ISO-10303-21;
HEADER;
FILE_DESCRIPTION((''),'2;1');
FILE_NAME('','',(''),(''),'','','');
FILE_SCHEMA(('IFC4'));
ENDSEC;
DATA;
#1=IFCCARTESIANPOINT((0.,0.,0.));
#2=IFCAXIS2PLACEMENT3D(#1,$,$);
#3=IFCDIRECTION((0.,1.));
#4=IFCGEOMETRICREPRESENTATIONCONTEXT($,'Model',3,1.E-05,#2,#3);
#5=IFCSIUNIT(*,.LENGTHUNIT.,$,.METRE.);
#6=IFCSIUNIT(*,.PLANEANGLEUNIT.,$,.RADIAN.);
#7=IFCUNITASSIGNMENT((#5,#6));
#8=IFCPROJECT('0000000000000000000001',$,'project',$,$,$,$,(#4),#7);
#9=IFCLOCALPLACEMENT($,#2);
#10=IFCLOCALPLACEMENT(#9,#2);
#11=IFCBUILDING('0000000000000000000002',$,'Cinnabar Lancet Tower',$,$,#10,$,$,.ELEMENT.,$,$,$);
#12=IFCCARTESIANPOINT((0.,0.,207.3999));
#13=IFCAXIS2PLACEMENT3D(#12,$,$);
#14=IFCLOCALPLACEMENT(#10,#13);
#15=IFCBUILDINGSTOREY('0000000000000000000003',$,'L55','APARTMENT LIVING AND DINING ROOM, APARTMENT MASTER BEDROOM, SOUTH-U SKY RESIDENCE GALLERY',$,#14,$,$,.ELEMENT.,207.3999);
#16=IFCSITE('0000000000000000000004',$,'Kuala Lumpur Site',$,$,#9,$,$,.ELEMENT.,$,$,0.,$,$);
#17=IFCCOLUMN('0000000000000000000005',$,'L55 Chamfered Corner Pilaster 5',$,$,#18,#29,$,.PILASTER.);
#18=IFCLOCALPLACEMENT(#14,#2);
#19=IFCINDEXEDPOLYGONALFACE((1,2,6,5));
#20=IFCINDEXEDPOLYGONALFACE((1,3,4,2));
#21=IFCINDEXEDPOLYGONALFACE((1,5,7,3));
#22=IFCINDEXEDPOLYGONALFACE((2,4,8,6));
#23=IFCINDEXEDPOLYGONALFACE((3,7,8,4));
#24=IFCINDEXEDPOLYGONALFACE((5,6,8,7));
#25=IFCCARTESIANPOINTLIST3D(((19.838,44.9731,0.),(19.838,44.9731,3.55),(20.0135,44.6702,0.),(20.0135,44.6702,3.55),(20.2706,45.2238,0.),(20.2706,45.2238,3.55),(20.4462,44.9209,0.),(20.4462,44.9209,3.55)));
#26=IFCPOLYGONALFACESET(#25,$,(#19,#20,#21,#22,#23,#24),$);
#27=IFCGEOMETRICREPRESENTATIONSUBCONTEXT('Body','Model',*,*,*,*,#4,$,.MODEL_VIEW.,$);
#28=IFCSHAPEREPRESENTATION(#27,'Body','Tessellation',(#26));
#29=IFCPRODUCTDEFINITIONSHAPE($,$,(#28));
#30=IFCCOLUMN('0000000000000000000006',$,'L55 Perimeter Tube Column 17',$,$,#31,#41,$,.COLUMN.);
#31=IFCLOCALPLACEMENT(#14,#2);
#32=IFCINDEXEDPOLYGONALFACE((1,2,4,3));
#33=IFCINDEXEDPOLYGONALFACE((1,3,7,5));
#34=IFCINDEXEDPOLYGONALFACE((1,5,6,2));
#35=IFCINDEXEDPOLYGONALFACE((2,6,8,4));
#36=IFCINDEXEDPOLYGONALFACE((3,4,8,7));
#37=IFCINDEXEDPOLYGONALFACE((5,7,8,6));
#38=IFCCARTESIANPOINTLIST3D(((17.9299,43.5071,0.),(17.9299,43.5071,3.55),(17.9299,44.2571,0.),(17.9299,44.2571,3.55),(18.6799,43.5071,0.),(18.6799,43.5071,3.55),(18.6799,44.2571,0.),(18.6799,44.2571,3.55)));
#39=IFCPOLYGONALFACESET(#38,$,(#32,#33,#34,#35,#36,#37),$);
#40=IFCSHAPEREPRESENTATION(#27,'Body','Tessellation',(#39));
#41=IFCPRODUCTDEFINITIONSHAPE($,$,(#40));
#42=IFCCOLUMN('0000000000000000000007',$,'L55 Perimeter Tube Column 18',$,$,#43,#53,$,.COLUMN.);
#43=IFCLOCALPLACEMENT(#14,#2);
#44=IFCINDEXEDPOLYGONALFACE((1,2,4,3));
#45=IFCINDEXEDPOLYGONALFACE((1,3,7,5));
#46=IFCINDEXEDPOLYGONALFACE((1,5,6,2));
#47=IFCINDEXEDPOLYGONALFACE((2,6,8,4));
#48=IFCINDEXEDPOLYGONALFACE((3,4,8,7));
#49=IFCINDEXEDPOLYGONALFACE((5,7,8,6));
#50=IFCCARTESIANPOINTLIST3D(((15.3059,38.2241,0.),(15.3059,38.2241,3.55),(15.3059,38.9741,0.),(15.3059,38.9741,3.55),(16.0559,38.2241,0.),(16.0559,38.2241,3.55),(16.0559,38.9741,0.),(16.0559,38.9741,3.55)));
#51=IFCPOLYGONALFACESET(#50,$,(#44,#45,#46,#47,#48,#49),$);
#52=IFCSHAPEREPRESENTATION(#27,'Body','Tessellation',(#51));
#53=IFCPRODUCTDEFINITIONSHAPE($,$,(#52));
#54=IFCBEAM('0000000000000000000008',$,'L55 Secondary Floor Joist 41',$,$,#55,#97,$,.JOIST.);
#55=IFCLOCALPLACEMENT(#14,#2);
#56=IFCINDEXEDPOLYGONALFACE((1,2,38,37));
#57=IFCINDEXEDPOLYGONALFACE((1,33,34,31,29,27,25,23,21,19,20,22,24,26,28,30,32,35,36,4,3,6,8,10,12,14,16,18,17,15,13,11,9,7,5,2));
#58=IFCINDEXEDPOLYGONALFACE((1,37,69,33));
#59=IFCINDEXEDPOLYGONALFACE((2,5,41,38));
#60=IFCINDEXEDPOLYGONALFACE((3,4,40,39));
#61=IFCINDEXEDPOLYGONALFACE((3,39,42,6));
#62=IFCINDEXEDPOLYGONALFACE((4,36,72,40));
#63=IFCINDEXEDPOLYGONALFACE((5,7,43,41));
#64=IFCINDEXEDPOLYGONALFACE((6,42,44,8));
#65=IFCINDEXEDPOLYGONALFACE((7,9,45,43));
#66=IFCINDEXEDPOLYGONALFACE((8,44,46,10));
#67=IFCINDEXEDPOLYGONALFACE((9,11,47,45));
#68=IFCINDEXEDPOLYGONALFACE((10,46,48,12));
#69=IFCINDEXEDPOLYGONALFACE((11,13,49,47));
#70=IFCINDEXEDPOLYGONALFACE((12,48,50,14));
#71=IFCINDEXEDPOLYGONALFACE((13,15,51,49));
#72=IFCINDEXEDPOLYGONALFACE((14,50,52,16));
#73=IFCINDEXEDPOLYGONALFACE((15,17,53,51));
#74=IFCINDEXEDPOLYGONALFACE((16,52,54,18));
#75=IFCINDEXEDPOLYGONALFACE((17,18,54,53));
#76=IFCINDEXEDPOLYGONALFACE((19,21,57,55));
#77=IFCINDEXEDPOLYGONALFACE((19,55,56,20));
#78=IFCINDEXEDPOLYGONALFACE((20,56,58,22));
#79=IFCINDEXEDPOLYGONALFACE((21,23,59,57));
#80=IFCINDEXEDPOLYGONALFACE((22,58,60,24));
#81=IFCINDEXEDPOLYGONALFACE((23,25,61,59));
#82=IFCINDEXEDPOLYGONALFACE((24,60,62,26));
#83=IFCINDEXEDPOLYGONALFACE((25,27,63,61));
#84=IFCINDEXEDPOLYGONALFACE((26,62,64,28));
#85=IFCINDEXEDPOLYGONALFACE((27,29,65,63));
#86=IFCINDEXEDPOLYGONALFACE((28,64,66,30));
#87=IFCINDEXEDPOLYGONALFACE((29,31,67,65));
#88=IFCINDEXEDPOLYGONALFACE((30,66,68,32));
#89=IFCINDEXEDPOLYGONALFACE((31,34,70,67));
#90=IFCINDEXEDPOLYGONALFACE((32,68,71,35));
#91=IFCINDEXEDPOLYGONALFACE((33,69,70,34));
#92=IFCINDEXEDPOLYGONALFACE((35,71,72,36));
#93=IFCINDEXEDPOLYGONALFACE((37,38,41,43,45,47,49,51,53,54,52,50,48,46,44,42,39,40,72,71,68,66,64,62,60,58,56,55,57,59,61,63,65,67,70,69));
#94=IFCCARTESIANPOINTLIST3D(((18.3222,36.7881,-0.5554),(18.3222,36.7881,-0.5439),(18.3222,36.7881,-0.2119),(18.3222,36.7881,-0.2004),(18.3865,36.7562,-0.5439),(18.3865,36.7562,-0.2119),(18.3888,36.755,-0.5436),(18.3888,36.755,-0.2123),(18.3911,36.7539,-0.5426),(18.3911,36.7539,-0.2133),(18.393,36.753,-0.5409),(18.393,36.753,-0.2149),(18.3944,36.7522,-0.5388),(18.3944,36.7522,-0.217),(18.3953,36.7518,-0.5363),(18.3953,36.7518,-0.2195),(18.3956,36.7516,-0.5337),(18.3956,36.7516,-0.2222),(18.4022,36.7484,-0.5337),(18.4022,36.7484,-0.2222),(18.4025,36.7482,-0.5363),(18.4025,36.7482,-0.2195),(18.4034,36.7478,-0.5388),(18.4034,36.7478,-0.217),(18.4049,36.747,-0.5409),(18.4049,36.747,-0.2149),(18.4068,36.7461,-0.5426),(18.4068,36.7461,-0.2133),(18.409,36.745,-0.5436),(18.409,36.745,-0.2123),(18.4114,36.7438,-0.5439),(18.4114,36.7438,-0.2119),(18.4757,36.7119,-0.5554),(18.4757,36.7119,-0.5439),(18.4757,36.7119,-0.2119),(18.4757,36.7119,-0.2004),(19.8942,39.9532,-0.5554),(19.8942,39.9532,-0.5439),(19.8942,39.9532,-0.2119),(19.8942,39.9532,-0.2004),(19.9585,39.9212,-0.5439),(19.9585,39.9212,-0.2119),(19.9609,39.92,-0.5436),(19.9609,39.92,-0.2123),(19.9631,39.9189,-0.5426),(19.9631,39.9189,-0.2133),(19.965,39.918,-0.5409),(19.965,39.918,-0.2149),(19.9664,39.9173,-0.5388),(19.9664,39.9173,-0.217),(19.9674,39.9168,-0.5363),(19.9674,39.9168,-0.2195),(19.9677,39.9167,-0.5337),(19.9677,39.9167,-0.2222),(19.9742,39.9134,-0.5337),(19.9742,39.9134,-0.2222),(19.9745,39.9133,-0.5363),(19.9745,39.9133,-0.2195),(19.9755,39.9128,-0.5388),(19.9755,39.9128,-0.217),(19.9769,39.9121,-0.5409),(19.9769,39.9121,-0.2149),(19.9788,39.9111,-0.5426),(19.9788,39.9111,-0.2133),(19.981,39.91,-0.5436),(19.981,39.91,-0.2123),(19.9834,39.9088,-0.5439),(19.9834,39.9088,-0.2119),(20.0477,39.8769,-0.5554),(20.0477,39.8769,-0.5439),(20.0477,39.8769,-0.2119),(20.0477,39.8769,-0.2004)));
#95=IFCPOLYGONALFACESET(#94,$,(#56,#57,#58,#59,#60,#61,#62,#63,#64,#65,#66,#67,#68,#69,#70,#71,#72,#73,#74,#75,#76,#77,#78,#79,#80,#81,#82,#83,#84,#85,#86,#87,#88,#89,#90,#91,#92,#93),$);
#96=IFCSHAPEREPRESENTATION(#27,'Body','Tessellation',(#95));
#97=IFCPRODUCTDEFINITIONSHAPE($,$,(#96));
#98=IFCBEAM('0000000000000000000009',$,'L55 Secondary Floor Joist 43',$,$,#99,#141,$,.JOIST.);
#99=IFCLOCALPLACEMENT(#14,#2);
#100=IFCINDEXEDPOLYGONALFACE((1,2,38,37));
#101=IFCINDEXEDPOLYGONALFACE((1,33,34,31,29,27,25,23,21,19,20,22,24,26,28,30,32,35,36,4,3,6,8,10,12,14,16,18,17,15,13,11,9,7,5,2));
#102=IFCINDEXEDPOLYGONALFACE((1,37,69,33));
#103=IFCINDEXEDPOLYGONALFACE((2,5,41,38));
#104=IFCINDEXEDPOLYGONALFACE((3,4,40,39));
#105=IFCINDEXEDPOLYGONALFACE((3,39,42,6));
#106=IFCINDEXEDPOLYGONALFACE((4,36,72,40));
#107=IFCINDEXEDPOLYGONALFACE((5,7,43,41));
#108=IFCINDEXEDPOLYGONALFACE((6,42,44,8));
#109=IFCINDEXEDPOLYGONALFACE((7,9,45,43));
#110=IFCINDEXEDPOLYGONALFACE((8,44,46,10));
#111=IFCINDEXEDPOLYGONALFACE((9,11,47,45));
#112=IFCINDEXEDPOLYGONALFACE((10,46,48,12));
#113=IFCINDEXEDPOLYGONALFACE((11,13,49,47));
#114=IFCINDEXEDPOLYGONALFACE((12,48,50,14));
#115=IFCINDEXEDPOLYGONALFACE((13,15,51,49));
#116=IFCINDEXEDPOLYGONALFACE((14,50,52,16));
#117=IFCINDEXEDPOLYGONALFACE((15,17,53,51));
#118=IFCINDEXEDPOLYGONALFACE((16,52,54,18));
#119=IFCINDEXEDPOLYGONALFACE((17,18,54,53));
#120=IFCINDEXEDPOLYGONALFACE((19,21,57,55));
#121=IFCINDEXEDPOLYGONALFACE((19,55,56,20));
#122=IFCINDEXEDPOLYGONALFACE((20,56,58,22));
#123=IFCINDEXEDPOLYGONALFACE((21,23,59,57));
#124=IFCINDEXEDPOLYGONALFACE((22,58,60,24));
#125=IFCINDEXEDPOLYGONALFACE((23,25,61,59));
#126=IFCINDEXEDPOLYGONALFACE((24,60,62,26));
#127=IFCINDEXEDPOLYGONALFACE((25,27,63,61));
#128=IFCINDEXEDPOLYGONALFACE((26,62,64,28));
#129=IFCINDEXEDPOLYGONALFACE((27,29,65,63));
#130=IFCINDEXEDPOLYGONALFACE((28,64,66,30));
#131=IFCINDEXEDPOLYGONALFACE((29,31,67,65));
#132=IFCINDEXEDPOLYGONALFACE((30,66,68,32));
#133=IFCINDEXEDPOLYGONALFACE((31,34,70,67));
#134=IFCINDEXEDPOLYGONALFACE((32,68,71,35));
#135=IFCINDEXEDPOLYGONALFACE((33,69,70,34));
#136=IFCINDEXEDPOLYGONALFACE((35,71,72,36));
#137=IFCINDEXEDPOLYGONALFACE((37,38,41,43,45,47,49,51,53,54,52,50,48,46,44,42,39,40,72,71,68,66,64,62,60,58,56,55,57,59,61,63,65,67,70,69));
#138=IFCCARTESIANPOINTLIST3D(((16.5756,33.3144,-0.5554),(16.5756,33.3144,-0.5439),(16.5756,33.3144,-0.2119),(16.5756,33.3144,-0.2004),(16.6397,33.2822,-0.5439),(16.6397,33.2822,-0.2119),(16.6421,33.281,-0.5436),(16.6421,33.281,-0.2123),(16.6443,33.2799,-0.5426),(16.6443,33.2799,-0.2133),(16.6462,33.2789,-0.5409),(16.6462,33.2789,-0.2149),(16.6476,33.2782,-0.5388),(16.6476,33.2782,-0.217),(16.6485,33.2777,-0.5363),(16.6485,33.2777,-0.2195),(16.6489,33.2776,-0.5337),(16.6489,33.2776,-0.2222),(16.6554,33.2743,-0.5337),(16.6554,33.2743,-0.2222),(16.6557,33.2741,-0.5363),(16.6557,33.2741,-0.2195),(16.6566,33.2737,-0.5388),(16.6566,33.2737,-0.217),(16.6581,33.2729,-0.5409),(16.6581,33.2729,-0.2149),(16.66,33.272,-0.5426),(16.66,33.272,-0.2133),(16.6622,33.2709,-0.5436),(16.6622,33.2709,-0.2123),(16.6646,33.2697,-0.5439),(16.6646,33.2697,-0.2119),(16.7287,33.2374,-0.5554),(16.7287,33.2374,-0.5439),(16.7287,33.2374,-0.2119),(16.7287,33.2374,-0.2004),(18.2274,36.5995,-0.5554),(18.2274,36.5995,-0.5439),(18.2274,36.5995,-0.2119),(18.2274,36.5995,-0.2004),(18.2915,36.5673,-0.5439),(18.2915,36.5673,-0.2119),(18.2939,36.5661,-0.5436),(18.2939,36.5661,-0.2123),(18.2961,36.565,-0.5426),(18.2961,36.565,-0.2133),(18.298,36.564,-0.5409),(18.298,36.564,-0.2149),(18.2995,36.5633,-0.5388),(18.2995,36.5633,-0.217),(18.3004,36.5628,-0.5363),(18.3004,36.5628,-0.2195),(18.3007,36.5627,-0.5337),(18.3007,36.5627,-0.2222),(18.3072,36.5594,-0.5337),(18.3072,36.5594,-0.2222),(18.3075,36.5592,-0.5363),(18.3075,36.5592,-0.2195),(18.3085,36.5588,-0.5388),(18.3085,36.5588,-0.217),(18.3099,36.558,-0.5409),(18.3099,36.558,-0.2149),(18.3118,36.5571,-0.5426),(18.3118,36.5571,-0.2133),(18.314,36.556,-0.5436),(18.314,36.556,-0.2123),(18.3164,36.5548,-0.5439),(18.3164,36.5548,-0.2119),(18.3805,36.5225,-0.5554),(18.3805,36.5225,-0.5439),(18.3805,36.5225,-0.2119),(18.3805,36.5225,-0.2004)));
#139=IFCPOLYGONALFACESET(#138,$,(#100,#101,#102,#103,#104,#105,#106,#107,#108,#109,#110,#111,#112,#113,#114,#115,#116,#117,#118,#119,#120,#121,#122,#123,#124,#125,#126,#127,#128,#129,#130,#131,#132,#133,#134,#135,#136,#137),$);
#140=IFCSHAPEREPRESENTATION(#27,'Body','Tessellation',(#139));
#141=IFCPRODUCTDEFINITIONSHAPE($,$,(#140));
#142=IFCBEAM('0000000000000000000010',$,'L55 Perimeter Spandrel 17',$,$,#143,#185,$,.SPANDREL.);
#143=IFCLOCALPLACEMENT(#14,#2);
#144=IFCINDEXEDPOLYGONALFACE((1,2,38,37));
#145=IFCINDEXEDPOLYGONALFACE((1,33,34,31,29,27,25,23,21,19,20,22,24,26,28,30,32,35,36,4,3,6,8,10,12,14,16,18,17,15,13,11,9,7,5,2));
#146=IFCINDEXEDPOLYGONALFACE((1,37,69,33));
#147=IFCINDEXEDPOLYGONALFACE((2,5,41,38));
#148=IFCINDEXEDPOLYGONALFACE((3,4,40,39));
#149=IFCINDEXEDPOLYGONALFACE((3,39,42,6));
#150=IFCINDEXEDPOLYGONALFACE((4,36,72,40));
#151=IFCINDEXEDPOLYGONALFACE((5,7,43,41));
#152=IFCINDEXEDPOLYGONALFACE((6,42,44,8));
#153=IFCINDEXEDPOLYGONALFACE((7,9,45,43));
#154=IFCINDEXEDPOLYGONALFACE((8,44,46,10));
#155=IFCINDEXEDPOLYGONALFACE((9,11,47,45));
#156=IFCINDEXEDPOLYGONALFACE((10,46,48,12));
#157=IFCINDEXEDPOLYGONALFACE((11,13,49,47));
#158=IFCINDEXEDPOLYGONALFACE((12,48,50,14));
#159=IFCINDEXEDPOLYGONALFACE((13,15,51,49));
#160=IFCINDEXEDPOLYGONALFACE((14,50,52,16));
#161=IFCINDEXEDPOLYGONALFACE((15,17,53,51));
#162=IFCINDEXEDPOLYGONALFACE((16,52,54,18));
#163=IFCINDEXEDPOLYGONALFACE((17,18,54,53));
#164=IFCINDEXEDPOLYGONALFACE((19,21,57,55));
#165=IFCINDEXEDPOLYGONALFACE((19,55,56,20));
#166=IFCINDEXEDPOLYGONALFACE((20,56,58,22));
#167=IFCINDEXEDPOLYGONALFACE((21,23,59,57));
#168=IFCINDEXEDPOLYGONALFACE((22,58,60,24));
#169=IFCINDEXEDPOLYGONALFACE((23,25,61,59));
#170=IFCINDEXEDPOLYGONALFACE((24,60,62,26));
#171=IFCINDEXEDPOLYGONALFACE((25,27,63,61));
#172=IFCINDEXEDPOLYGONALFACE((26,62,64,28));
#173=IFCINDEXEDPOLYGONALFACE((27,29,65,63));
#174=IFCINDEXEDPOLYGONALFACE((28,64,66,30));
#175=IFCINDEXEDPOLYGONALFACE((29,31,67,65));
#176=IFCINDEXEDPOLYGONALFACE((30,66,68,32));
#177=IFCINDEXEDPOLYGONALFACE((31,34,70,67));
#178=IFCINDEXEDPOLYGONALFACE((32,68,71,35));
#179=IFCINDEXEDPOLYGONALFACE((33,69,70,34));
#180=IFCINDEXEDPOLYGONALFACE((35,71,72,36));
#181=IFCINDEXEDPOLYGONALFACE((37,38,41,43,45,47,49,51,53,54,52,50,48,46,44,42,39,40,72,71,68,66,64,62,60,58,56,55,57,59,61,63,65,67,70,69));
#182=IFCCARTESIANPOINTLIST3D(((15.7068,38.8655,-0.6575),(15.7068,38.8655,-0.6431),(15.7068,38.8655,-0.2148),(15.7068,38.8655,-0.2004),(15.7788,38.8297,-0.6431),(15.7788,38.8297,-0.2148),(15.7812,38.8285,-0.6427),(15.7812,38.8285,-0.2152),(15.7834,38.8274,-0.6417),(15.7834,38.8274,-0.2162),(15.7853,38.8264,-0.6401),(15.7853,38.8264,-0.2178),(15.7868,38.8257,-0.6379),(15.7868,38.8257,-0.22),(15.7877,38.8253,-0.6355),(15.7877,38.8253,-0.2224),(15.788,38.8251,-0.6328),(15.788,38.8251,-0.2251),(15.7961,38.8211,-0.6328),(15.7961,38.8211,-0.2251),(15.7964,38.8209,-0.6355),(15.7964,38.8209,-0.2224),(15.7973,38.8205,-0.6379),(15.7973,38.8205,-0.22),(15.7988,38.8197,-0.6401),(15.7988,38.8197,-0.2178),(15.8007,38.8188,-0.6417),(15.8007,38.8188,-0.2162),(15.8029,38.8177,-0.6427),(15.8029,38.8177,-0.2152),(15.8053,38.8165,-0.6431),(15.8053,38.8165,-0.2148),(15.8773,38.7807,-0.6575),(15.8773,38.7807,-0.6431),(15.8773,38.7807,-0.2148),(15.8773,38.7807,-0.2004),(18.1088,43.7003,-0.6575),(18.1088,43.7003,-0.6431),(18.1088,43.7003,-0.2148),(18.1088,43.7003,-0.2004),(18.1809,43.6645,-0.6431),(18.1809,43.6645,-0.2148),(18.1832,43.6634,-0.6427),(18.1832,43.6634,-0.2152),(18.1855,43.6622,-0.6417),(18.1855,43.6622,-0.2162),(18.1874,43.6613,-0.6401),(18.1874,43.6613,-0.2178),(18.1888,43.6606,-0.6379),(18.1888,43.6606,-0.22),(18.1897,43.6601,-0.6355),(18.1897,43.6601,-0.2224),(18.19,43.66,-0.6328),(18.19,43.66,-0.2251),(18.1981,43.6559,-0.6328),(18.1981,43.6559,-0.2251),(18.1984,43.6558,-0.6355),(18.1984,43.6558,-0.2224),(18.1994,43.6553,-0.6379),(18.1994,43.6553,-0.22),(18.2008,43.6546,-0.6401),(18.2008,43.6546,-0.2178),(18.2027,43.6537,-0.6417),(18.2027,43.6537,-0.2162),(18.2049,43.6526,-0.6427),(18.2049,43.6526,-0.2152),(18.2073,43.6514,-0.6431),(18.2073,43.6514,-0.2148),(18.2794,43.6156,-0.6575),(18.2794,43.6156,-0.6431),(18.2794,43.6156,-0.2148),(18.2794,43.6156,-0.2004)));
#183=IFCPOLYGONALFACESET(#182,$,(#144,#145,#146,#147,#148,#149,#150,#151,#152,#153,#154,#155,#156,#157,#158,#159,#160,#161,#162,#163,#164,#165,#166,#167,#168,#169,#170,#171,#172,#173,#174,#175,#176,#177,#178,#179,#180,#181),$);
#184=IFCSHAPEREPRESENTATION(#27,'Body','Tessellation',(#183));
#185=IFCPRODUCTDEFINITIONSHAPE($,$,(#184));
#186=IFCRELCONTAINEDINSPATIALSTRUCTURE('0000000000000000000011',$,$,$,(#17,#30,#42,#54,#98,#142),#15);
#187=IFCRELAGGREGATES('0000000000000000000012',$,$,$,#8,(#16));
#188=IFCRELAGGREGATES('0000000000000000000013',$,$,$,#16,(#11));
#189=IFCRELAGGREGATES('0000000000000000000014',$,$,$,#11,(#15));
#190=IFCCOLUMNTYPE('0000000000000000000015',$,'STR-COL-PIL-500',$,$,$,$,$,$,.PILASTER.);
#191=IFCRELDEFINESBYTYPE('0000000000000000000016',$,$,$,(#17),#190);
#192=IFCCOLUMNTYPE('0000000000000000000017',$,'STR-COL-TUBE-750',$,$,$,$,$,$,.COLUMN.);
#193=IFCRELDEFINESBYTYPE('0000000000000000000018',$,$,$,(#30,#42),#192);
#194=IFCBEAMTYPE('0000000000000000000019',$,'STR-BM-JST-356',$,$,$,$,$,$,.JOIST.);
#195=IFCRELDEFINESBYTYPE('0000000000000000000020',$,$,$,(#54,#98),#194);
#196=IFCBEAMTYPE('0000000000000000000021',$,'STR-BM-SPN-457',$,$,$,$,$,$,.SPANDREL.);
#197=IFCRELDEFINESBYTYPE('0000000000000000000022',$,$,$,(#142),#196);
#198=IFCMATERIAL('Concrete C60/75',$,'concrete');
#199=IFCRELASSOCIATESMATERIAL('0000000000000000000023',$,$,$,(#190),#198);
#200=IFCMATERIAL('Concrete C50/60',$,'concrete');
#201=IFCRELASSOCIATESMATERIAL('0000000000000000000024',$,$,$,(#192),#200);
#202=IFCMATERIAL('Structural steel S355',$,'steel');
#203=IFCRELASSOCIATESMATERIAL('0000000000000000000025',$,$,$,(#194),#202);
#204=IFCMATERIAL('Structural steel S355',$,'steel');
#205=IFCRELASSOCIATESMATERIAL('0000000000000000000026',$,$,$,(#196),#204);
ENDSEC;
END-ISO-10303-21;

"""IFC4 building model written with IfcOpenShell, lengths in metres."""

from ifc_helpers import new_model, si_unit, direction, frame, origin, origin_2d, place, context, subcontext, project, spatial, rectangle, i_section, extrude, material, material_profile, profile_set, type_object, element, save


model = new_model("IFC4")

# Units and contexts
model_context = context("Model", 3, precision=1e-05, world=origin(), true_north=direction((0.0, 1.0)))
body_context = subcontext(model_context, "Body", "Model", "MODEL_VIEW")
ifc_project = project(units=[si_unit("LENGTHUNIT", "METRE"), si_unit("PLANEANGLEUNIT", "RADIAN")], contexts=[model_context])

# Site, building, storey
site_placement = place(None, origin())
site = spatial("IfcSite", under=ifc_project, at=site_placement, Name="Kuala Lumpur Site", CompositionType="ELEMENT", RefElevation=0.0)
building_placement = place(site_placement, origin())
building = spatial("IfcBuilding", under=site, at=building_placement, Name="Cinnabar Lancet Tower", CompositionType="ELEMENT")
storey_placement = place(building_placement, frame((0.0, 0.0, 207.3999)))
storey = spatial("IfcBuildingStorey", under=building, at=storey_placement, Name="L55", Description="APARTMENT LIVING AND DINING ROOM, APARTMENT MASTER BEDROOM, SOUTH-U SKY RESIDENCE GALLERY", CompositionType="ELEMENT", Elevation=207.3999)

# Columns
ifc_material_1 = material(Name="Concrete C60/75", Category="concrete")
ifc_material_profile_1 = material_profile(ifc_material_1, rectangle(XDim=0.5, YDim=0.3501, at=origin_2d()), Name="RC-PIL 500x350")
ifc_profile_set_1 = profile_set([ifc_material_profile_1], Name="Concrete C60/75")
column_type_1 = type_object("IfcColumnType", Name="STR-COL-PIL-500", PredefinedType="PILASTER", material=ifc_profile_set_1)
column_placement = place(storey_placement, frame((20.1421, 44.947, 0.0), z_axis=(0.0, 0.0, 1.0), x_axis=(-0.86523, -0.501375, 0.0)))
element("IfcColumn", 1, at=column_placement, inside=storey, type_object=column_type_1, Name="L55 Chamfered Corner Pilaster 5", PredefinedType="PILASTER", context=body_context, shape_type="SweptSolid", body=[
    extrude(rectangle(XDim=0.5, YDim=0.3501, at=origin_2d()), origin(), (0.0, 0.0, 1.0), 3.55),
])
ifc_material_2 = material(Name="Concrete C50/60", Category="concrete")
ifc_material_profile_2 = material_profile(ifc_material_2, rectangle(XDim=0.75, YDim=0.75, at=origin_2d()), Name="RC-COL 750x750")
ifc_profile_set_2 = profile_set([ifc_material_profile_2], Name="Concrete C50/60")
column_type_2 = type_object("IfcColumnType", Name="STR-COL-TUBE-750", PredefinedType="COLUMN", material=ifc_profile_set_2)
for number, where, z_axis, x_axis, name in (
    (2, (18.3049, 43.8821, 0.0), (0.0, 0.0, 1.0), (1.0, 0.0, 0.0), "L55 Perimeter Tube Column 17"),
    (3, (15.6809, 38.5991, 0.0), (0.0, 0.0, 1.0), (1.0, 0.0, 0.0), "L55 Perimeter Tube Column 18"),
):
    element("IfcColumn", number, at=place(storey_placement, frame(where, z_axis=z_axis, x_axis=x_axis)), inside=storey, type_object=column_type_2, Name=name, PredefinedType="COLUMN", context=body_context, shape_type="SweptSolid", body=[
        extrude(rectangle(XDim=0.75, YDim=0.75, at=origin_2d()), origin(), (0.0, 0.0, 1.0), 3.55),
    ])

# Beams
ifc_material_3 = material(Name="Structural steel S355", Category="steel")
ifc_material_profile_3 = material_profile(ifc_material_3, i_section(OverallWidth=0.1714, OverallDepth=0.355, WebThickness=0.0073, FlangeThickness=0.0115, FilletRadius=0.0103, at=origin_2d()), Name="UKB 356x171x51")
ifc_profile_set_3 = profile_set([ifc_material_profile_3], Name="Structural steel S355")
beam_type_1 = type_object("IfcBeamType", Name="STR-BM-JST-356", PredefinedType="JOIST", material=ifc_profile_set_3)
beam_1_placement = place(storey_placement, frame((19.9709, 39.915, -0.3779), z_axis=(-0.444836, -0.895612, 0.0), x_axis=(0.895612, -0.444836, 0.0)))
element("IfcBeam", 4, at=beam_1_placement, inside=storey, type_object=beam_type_1, Name="L55 Secondary Floor Joist 41", PredefinedType="JOIST", context=body_context, shape_type="SweptSolid", body=[
    extrude(i_section(OverallWidth=0.1714, OverallDepth=0.355, WebThickness=0.0073, FlangeThickness=0.0115, FilletRadius=0.0103, at=origin_2d()), origin(), (0.0, 0.0, 1.0), 3.5339),
])
beam_2_placement = place(storey_placement, frame((18.304, 36.561, -0.3779), z_axis=(-0.449231, -0.893416, 0.0), x_axis=(0.893416, -0.449231, 0.0)))
element("IfcBeam", 5, at=beam_2_placement, inside=storey, type_object=beam_type_1, Name="L55 Secondary Floor Joist 43", PredefinedType="JOIST", context=body_context, shape_type="SweptSolid", body=[
    extrude(i_section(OverallWidth=0.1714, OverallDepth=0.355, WebThickness=0.0073, FlangeThickness=0.0115, FilletRadius=0.0103, at=origin_2d()), origin(), (0.0, 0.0, 1.0), 3.677),
])
ifc_material_4 = material(Name="Structural steel S355", Category="steel")
ifc_material_profile_4 = material_profile(ifc_material_4, i_section(OverallWidth=0.1904, OverallDepth=0.457, WebThickness=0.009, FlangeThickness=0.0144, FilletRadius=0.0103, at=origin_2d()), Name="UKB 457x191x74")
ifc_profile_set_4 = profile_set([ifc_material_profile_4], Name="Structural steel S355")
beam_type_2 = type_object("IfcBeamType", Name="STR-BM-SPN-457", PredefinedType="SPANDREL", material=ifc_profile_set_4)
beam_3_placement = place(storey_placement, frame((18.1941, 43.658, -0.429), z_axis=(-0.444933, -0.895564, 0.0), x_axis=(0.895564, -0.444933, 0.0)))
element("IfcBeam", 6, at=beam_3_placement, inside=storey, type_object=beam_type_2, Name="L55 Perimeter Spandrel 17", PredefinedType="SPANDREL", context=body_context, shape_type="SweptSolid", body=[
    extrude(i_section(OverallWidth=0.1904, OverallDepth=0.457, WebThickness=0.009, FlangeThickness=0.0144, FilletRadius=0.0103, at=origin_2d()), origin(), (0.0, 0.0, 1.0), 5.3987),
])

save(model, "model.ifc")
